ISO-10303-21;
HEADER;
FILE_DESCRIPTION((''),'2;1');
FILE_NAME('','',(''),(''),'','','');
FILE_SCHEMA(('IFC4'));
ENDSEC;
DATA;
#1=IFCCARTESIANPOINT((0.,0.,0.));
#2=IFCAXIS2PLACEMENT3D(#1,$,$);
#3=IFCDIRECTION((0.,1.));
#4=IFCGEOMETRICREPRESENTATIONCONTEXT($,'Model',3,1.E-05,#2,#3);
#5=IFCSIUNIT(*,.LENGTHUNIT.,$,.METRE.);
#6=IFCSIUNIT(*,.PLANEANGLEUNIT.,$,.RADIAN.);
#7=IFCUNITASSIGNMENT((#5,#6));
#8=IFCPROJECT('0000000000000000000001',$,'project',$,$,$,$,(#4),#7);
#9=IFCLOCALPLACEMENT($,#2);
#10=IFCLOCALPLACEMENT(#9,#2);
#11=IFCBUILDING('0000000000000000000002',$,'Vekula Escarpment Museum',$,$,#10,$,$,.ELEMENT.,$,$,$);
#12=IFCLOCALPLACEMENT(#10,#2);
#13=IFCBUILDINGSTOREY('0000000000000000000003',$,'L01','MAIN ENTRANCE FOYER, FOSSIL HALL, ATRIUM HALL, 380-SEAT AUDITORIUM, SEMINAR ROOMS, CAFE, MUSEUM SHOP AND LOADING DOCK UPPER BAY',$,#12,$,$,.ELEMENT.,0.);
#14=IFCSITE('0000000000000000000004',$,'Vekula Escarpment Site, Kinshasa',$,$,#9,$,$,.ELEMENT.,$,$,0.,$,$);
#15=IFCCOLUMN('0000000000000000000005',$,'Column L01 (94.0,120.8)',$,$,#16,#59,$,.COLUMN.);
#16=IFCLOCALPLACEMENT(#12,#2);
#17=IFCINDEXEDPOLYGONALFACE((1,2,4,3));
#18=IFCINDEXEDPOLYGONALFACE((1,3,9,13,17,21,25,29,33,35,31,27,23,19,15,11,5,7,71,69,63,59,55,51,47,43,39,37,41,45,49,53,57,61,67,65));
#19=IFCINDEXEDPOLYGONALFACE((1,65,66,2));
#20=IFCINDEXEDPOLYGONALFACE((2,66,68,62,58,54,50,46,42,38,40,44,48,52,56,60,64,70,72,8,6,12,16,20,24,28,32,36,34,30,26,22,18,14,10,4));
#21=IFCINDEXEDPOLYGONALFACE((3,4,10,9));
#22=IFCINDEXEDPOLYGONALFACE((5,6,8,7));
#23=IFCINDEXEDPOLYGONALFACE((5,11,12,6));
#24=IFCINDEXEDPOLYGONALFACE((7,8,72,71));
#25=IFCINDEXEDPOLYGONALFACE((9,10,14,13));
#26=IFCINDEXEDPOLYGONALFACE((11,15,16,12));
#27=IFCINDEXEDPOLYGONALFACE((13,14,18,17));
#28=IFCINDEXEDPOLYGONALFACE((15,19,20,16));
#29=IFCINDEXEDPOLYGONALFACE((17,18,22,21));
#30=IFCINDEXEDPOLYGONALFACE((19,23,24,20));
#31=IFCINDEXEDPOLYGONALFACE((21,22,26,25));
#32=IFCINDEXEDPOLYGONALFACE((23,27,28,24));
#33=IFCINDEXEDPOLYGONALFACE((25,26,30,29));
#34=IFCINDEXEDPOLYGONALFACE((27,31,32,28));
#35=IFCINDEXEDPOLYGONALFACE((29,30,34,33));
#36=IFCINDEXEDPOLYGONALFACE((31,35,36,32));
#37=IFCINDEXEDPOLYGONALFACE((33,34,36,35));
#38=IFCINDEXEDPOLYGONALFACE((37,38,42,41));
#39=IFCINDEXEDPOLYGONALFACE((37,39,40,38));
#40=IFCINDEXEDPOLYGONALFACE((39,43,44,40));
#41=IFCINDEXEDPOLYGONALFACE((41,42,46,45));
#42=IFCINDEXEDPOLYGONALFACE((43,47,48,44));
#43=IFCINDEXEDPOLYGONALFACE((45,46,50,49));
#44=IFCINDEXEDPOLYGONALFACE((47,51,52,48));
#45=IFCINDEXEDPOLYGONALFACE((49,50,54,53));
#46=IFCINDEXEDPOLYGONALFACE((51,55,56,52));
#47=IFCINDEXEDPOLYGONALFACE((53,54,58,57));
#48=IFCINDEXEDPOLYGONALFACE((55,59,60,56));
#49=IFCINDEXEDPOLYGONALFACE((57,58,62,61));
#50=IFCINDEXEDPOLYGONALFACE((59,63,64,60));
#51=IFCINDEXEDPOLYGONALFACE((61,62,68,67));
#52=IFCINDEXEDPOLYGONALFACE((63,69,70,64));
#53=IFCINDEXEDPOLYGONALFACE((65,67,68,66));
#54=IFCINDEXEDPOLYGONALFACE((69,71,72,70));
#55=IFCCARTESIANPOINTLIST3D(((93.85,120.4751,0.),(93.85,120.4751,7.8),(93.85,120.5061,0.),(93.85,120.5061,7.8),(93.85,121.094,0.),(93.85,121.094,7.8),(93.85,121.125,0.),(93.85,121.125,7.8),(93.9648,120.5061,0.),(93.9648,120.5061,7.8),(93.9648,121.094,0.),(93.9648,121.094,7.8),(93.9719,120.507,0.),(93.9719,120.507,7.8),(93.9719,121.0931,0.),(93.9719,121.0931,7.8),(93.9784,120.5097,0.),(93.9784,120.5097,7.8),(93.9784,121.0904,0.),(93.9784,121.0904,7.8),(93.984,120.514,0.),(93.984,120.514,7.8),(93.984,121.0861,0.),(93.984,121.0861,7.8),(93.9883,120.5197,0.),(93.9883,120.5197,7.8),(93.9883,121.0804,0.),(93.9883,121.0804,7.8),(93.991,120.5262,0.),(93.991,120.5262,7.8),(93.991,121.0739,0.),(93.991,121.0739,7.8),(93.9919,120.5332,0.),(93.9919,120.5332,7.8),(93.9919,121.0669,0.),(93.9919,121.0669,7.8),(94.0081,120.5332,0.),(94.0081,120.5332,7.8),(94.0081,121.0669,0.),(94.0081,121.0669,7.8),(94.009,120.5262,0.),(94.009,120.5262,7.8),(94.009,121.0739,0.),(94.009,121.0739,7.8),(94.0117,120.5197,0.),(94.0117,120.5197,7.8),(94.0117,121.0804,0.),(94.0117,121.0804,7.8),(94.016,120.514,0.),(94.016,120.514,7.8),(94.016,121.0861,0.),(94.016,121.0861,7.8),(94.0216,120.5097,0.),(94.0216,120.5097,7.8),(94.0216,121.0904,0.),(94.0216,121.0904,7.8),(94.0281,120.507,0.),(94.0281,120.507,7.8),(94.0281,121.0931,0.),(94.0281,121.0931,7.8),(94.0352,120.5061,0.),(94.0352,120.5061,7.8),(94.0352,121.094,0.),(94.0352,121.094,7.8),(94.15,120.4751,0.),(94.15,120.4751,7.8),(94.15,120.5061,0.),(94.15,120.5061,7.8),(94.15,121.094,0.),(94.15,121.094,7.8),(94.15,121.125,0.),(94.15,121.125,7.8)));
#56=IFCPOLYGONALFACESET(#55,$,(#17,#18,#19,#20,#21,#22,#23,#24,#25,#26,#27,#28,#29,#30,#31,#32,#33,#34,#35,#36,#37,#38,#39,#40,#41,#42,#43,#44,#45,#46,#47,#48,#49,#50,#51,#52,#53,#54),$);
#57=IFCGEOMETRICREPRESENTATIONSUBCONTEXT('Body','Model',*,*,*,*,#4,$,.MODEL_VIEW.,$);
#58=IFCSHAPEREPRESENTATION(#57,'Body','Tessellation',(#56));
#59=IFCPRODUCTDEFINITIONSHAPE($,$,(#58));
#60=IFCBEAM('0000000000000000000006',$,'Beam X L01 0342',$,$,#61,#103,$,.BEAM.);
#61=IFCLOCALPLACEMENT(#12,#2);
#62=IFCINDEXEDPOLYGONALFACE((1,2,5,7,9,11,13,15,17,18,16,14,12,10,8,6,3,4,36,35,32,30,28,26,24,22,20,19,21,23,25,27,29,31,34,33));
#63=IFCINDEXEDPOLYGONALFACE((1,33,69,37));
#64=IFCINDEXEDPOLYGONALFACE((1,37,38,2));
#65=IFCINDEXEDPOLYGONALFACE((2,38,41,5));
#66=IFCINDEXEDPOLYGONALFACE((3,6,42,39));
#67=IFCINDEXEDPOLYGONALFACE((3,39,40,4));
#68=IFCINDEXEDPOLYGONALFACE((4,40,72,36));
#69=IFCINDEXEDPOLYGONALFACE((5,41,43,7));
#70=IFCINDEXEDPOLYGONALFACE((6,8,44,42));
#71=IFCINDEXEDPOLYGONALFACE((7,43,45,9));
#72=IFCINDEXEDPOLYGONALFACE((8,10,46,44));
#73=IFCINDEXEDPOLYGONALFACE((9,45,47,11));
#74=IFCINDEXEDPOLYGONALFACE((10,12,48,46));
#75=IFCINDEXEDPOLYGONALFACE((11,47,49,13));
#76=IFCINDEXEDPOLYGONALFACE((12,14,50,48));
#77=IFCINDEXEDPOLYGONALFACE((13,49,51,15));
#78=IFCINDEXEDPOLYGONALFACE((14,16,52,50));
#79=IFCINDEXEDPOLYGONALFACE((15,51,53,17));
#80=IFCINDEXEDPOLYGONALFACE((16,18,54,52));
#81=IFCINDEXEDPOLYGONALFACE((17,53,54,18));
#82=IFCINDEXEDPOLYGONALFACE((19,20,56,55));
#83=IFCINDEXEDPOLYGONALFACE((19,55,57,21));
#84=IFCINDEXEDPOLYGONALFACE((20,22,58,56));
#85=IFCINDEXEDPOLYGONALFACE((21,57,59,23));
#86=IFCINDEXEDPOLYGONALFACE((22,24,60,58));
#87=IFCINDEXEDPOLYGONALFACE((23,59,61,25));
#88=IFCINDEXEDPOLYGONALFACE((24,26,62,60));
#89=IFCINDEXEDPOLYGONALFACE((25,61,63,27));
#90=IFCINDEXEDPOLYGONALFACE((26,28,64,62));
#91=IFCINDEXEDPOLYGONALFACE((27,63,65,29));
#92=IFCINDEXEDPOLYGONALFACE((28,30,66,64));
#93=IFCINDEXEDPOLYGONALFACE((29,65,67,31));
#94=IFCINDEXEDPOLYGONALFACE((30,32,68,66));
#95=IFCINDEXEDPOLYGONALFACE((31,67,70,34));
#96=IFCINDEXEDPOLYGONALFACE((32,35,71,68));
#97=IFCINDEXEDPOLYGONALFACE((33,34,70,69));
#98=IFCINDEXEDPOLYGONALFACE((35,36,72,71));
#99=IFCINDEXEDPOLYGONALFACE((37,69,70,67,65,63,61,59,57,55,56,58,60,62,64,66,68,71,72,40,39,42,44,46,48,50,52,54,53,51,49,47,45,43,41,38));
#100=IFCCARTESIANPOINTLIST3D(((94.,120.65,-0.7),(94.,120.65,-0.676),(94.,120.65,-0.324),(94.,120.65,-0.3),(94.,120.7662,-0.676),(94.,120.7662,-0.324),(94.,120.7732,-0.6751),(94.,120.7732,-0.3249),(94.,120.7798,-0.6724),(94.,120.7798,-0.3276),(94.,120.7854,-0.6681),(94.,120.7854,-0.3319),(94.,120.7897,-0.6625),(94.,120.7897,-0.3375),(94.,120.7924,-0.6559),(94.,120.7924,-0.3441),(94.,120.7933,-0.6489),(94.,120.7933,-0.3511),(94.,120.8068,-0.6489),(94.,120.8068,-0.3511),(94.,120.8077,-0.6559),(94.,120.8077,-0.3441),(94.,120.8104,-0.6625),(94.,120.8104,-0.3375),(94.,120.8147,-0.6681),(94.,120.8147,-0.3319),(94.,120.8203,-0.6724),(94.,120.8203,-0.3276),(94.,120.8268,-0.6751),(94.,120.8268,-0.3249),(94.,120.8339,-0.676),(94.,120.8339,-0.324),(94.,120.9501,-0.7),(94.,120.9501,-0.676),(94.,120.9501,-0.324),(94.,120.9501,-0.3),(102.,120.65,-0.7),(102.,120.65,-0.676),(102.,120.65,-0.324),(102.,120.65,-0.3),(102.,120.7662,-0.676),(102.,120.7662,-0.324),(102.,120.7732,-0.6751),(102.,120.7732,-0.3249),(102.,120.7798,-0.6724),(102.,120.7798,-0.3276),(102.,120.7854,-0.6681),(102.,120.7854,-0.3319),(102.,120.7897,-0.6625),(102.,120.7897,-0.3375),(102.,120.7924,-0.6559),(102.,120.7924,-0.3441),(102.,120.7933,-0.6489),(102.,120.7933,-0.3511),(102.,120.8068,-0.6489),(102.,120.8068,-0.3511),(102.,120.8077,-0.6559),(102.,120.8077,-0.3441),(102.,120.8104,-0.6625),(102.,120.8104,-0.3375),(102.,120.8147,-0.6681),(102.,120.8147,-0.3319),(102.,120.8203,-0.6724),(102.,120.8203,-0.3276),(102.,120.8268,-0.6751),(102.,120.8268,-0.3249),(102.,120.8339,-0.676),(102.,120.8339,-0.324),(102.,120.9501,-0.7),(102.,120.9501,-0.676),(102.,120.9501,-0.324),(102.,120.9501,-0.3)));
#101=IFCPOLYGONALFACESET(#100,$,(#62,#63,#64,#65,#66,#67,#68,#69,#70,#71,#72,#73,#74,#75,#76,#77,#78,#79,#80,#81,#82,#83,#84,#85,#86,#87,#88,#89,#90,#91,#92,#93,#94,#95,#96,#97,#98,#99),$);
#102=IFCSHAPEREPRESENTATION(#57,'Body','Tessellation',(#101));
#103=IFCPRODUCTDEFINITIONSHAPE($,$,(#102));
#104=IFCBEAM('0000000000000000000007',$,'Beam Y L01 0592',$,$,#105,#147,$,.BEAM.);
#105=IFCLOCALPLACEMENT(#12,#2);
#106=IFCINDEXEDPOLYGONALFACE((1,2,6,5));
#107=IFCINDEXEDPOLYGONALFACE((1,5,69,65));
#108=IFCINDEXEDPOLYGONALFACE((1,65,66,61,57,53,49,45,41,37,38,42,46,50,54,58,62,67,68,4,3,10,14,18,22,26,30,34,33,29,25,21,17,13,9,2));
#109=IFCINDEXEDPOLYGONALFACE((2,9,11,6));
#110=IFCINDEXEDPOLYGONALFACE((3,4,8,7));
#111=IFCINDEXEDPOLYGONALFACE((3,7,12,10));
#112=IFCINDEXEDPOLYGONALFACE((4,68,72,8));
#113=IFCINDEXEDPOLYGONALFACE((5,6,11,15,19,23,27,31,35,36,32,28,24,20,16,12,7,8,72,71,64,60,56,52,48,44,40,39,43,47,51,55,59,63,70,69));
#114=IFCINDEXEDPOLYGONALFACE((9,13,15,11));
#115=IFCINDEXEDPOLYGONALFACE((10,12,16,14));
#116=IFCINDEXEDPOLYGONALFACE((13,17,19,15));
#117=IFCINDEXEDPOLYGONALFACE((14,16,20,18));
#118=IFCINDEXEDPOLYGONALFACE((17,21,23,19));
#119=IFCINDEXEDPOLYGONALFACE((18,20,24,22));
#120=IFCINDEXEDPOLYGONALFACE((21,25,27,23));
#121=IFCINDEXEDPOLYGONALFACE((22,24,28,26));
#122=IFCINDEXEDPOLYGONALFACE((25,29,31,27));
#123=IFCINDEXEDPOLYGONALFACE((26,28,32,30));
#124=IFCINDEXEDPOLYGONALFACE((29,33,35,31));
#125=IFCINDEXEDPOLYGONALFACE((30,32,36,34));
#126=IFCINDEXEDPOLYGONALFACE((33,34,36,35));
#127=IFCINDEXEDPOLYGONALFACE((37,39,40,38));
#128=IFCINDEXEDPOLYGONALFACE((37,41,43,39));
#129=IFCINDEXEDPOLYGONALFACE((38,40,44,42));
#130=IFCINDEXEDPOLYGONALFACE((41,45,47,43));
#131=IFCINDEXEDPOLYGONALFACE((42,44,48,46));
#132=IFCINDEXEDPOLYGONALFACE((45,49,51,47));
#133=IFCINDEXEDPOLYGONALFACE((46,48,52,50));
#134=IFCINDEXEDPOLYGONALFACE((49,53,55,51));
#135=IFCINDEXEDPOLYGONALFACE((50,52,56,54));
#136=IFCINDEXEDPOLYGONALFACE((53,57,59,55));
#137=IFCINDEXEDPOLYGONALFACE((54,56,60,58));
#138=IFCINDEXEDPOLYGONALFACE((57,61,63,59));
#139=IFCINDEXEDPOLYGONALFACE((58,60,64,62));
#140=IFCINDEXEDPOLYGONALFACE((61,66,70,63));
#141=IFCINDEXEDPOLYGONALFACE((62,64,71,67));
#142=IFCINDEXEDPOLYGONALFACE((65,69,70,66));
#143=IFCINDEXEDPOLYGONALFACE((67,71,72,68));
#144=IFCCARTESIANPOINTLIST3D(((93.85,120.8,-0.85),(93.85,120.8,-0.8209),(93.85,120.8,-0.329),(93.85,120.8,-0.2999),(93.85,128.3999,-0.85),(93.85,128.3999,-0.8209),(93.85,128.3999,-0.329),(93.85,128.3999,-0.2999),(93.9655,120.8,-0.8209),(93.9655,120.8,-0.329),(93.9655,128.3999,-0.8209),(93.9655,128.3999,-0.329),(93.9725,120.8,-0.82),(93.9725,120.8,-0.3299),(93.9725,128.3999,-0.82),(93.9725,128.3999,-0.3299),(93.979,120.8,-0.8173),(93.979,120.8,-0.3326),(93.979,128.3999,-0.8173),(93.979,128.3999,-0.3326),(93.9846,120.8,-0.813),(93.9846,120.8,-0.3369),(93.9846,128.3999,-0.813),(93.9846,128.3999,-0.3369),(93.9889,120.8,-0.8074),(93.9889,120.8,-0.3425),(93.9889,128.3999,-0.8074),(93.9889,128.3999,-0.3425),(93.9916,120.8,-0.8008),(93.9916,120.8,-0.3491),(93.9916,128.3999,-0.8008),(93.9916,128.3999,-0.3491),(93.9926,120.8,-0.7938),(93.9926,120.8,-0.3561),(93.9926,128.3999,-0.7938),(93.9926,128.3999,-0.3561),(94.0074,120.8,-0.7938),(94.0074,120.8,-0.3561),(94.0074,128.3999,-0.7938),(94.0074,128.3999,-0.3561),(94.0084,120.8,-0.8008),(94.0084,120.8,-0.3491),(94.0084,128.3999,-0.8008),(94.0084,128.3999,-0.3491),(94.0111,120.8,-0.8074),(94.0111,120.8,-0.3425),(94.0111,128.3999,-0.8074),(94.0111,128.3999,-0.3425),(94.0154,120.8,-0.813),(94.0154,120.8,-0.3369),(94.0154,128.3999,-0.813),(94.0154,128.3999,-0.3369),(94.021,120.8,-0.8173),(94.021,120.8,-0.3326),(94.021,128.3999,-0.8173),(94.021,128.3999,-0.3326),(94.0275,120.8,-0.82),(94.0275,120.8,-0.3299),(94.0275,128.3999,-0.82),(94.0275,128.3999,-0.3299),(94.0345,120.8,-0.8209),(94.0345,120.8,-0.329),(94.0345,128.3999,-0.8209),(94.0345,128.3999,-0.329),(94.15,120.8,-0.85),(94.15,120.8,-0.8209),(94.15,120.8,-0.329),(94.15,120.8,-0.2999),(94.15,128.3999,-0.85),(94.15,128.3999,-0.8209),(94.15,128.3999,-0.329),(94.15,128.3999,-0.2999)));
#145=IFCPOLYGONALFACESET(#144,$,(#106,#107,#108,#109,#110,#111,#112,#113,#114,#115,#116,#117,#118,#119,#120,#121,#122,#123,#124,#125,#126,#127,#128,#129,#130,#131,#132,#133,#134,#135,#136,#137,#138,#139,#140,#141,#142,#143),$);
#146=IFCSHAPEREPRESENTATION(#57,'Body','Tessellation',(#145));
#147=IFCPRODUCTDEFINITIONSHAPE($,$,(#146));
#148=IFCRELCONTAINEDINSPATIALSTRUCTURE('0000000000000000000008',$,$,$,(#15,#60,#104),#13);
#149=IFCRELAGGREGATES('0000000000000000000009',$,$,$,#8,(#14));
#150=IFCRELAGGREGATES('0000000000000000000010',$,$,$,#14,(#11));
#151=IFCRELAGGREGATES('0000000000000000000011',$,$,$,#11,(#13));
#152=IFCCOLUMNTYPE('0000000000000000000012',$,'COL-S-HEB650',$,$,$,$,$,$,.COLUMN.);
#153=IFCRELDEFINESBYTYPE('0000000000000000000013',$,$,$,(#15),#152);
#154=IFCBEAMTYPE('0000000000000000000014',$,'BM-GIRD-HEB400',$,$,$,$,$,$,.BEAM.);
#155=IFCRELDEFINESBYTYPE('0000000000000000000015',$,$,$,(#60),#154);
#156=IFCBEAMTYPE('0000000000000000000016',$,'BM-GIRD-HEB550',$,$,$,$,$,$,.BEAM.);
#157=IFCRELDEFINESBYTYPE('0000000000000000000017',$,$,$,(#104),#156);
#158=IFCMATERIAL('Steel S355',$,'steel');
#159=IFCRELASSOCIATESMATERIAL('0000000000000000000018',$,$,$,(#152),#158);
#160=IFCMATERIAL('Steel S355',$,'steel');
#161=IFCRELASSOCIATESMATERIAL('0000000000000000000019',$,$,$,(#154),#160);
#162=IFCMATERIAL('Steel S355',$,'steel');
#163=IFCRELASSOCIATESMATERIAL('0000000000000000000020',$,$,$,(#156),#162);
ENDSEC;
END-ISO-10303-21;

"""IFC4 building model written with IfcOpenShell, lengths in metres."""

from ifc_helpers import new_model, si_unit, direction, frame, origin, origin_2d, place, context, subcontext, project, spatial, i_section, extrude, material, material_profile, profile_set, type_object, element, save


model = new_model("IFC4")

# Units and contexts
model_context = context("Model", 3, precision=1e-05, world=origin(), true_north=direction((0.0, 1.0)))
body_context = subcontext(model_context, "Body", "Model", "MODEL_VIEW")
ifc_project = project(units=[si_unit("LENGTHUNIT", "METRE"), si_unit("PLANEANGLEUNIT", "RADIAN")], contexts=[model_context])

# Site, building, storey
site_placement = place(None, origin())
site = spatial("IfcSite", under=ifc_project, at=site_placement, Name="Vekula Escarpment Site, Kinshasa", CompositionType="ELEMENT", RefElevation=0.0)
building_placement = place(site_placement, origin())
building = spatial("IfcBuilding", under=site, at=building_placement, Name="Vekula Escarpment Museum", CompositionType="ELEMENT")
storey_placement = place(building_placement, origin())
storey = spatial("IfcBuildingStorey", under=building, at=storey_placement, Name="L01", Description="MAIN ENTRANCE FOYER, FOSSIL HALL, ATRIUM HALL, 380-SEAT AUDITORIUM, SEMINAR ROOMS, CAFE, MUSEUM SHOP AND LOADING DOCK UPPER BAY", CompositionType="ELEMENT", Elevation=0.0)

# Column
ifc_material_1 = material(Name="Steel S355", Category="steel")
ifc_material_profile_1 = material_profile(ifc_material_1, i_section(OverallWidth=0.3, OverallDepth=0.6499, WebThickness=0.0161, FlangeThickness=0.031, FilletRadius=0.0271, at=origin_2d()), Name="HEB 650")
ifc_profile_set_1 = profile_set([ifc_material_profile_1], Name="Steel S355")
column_type = type_object("IfcColumnType", Name="COL-S-HEB650", PredefinedType="COLUMN", material=ifc_profile_set_1)
column_placement = place(storey_placement, frame((94.0, 120.8, 0.0), z_axis=(0.0, 0.0, 1.0), x_axis=(1.0, 0.0, 0.0)))
element("IfcColumn", 1, at=column_placement, inside=storey, type_object=column_type, Name="Column L01 (94.0,120.8)", PredefinedType="COLUMN", context=body_context, shape_type="SweptSolid", body=[
    extrude(i_section(OverallWidth=0.3, OverallDepth=0.6499, WebThickness=0.0161, FlangeThickness=0.031, FilletRadius=0.0271, at=origin_2d()), origin(), (0.0, 0.0, 1.0), 7.8),
])

# Beams
ifc_material_2 = material(Name="Steel S355", Category="steel")
ifc_material_profile_2 = material_profile(ifc_material_2, i_section(OverallWidth=0.3, OverallDepth=0.3999, WebThickness=0.0134, FlangeThickness=0.0239, FilletRadius=0.0271, at=origin_2d()), Name="HEB 400")
ifc_profile_set_2 = profile_set([ifc_material_profile_2], Name="Steel S355")
beam_type_1 = type_object("IfcBeamType", Name="BM-GIRD-HEB400", PredefinedType="BEAM", material=ifc_profile_set_2)
beam_1_placement = place(storey_placement, frame((94.0, 120.8, -0.5), z_axis=(1.0, 0.0, 0.0), x_axis=(0.0, 1.0, 0.0)))
element("IfcBeam", 2, at=beam_1_placement, inside=storey, type_object=beam_type_1, Name="Beam X L01 0342", PredefinedType="BEAM", context=body_context, shape_type="SweptSolid", body=[
    extrude(i_section(OverallWidth=0.3, OverallDepth=0.3999, WebThickness=0.0134, FlangeThickness=0.0239, FilletRadius=0.0271, at=origin_2d()), origin(), (0.0, 0.0, 1.0), 8.0),
])
ifc_material_3 = material(Name="Steel S355", Category="steel")
ifc_material_profile_3 = material_profile(ifc_material_3, i_section(OverallWidth=0.3, OverallDepth=0.55, WebThickness=0.0149, FlangeThickness=0.0291, FilletRadius=0.0271, at=origin_2d()), Name="HEB 550")
ifc_profile_set_3 = profile_set([ifc_material_profile_3], Name="Steel S355")
beam_type_2 = type_object("IfcBeamType", Name="BM-GIRD-HEB550", PredefinedType="BEAM", material=ifc_profile_set_3)
beam_2_placement = place(storey_placement, frame((94.0, 120.8, -0.575), z_axis=(0.0, 1.0, 0.0), x_axis=(-1.0, 0.0, 0.0)))
element("IfcBeam", 3, at=beam_2_placement, inside=storey, type_object=beam_type_2, Name="Beam Y L01 0592", PredefinedType="BEAM", context=body_context, shape_type="SweptSolid", body=[
    extrude(i_section(OverallWidth=0.3, OverallDepth=0.55, WebThickness=0.0149, FlangeThickness=0.0291, FilletRadius=0.0271, at=origin_2d()), origin(), (0.0, 0.0, 1.0), 7.5999),
])

save(model, "model.ifc")
